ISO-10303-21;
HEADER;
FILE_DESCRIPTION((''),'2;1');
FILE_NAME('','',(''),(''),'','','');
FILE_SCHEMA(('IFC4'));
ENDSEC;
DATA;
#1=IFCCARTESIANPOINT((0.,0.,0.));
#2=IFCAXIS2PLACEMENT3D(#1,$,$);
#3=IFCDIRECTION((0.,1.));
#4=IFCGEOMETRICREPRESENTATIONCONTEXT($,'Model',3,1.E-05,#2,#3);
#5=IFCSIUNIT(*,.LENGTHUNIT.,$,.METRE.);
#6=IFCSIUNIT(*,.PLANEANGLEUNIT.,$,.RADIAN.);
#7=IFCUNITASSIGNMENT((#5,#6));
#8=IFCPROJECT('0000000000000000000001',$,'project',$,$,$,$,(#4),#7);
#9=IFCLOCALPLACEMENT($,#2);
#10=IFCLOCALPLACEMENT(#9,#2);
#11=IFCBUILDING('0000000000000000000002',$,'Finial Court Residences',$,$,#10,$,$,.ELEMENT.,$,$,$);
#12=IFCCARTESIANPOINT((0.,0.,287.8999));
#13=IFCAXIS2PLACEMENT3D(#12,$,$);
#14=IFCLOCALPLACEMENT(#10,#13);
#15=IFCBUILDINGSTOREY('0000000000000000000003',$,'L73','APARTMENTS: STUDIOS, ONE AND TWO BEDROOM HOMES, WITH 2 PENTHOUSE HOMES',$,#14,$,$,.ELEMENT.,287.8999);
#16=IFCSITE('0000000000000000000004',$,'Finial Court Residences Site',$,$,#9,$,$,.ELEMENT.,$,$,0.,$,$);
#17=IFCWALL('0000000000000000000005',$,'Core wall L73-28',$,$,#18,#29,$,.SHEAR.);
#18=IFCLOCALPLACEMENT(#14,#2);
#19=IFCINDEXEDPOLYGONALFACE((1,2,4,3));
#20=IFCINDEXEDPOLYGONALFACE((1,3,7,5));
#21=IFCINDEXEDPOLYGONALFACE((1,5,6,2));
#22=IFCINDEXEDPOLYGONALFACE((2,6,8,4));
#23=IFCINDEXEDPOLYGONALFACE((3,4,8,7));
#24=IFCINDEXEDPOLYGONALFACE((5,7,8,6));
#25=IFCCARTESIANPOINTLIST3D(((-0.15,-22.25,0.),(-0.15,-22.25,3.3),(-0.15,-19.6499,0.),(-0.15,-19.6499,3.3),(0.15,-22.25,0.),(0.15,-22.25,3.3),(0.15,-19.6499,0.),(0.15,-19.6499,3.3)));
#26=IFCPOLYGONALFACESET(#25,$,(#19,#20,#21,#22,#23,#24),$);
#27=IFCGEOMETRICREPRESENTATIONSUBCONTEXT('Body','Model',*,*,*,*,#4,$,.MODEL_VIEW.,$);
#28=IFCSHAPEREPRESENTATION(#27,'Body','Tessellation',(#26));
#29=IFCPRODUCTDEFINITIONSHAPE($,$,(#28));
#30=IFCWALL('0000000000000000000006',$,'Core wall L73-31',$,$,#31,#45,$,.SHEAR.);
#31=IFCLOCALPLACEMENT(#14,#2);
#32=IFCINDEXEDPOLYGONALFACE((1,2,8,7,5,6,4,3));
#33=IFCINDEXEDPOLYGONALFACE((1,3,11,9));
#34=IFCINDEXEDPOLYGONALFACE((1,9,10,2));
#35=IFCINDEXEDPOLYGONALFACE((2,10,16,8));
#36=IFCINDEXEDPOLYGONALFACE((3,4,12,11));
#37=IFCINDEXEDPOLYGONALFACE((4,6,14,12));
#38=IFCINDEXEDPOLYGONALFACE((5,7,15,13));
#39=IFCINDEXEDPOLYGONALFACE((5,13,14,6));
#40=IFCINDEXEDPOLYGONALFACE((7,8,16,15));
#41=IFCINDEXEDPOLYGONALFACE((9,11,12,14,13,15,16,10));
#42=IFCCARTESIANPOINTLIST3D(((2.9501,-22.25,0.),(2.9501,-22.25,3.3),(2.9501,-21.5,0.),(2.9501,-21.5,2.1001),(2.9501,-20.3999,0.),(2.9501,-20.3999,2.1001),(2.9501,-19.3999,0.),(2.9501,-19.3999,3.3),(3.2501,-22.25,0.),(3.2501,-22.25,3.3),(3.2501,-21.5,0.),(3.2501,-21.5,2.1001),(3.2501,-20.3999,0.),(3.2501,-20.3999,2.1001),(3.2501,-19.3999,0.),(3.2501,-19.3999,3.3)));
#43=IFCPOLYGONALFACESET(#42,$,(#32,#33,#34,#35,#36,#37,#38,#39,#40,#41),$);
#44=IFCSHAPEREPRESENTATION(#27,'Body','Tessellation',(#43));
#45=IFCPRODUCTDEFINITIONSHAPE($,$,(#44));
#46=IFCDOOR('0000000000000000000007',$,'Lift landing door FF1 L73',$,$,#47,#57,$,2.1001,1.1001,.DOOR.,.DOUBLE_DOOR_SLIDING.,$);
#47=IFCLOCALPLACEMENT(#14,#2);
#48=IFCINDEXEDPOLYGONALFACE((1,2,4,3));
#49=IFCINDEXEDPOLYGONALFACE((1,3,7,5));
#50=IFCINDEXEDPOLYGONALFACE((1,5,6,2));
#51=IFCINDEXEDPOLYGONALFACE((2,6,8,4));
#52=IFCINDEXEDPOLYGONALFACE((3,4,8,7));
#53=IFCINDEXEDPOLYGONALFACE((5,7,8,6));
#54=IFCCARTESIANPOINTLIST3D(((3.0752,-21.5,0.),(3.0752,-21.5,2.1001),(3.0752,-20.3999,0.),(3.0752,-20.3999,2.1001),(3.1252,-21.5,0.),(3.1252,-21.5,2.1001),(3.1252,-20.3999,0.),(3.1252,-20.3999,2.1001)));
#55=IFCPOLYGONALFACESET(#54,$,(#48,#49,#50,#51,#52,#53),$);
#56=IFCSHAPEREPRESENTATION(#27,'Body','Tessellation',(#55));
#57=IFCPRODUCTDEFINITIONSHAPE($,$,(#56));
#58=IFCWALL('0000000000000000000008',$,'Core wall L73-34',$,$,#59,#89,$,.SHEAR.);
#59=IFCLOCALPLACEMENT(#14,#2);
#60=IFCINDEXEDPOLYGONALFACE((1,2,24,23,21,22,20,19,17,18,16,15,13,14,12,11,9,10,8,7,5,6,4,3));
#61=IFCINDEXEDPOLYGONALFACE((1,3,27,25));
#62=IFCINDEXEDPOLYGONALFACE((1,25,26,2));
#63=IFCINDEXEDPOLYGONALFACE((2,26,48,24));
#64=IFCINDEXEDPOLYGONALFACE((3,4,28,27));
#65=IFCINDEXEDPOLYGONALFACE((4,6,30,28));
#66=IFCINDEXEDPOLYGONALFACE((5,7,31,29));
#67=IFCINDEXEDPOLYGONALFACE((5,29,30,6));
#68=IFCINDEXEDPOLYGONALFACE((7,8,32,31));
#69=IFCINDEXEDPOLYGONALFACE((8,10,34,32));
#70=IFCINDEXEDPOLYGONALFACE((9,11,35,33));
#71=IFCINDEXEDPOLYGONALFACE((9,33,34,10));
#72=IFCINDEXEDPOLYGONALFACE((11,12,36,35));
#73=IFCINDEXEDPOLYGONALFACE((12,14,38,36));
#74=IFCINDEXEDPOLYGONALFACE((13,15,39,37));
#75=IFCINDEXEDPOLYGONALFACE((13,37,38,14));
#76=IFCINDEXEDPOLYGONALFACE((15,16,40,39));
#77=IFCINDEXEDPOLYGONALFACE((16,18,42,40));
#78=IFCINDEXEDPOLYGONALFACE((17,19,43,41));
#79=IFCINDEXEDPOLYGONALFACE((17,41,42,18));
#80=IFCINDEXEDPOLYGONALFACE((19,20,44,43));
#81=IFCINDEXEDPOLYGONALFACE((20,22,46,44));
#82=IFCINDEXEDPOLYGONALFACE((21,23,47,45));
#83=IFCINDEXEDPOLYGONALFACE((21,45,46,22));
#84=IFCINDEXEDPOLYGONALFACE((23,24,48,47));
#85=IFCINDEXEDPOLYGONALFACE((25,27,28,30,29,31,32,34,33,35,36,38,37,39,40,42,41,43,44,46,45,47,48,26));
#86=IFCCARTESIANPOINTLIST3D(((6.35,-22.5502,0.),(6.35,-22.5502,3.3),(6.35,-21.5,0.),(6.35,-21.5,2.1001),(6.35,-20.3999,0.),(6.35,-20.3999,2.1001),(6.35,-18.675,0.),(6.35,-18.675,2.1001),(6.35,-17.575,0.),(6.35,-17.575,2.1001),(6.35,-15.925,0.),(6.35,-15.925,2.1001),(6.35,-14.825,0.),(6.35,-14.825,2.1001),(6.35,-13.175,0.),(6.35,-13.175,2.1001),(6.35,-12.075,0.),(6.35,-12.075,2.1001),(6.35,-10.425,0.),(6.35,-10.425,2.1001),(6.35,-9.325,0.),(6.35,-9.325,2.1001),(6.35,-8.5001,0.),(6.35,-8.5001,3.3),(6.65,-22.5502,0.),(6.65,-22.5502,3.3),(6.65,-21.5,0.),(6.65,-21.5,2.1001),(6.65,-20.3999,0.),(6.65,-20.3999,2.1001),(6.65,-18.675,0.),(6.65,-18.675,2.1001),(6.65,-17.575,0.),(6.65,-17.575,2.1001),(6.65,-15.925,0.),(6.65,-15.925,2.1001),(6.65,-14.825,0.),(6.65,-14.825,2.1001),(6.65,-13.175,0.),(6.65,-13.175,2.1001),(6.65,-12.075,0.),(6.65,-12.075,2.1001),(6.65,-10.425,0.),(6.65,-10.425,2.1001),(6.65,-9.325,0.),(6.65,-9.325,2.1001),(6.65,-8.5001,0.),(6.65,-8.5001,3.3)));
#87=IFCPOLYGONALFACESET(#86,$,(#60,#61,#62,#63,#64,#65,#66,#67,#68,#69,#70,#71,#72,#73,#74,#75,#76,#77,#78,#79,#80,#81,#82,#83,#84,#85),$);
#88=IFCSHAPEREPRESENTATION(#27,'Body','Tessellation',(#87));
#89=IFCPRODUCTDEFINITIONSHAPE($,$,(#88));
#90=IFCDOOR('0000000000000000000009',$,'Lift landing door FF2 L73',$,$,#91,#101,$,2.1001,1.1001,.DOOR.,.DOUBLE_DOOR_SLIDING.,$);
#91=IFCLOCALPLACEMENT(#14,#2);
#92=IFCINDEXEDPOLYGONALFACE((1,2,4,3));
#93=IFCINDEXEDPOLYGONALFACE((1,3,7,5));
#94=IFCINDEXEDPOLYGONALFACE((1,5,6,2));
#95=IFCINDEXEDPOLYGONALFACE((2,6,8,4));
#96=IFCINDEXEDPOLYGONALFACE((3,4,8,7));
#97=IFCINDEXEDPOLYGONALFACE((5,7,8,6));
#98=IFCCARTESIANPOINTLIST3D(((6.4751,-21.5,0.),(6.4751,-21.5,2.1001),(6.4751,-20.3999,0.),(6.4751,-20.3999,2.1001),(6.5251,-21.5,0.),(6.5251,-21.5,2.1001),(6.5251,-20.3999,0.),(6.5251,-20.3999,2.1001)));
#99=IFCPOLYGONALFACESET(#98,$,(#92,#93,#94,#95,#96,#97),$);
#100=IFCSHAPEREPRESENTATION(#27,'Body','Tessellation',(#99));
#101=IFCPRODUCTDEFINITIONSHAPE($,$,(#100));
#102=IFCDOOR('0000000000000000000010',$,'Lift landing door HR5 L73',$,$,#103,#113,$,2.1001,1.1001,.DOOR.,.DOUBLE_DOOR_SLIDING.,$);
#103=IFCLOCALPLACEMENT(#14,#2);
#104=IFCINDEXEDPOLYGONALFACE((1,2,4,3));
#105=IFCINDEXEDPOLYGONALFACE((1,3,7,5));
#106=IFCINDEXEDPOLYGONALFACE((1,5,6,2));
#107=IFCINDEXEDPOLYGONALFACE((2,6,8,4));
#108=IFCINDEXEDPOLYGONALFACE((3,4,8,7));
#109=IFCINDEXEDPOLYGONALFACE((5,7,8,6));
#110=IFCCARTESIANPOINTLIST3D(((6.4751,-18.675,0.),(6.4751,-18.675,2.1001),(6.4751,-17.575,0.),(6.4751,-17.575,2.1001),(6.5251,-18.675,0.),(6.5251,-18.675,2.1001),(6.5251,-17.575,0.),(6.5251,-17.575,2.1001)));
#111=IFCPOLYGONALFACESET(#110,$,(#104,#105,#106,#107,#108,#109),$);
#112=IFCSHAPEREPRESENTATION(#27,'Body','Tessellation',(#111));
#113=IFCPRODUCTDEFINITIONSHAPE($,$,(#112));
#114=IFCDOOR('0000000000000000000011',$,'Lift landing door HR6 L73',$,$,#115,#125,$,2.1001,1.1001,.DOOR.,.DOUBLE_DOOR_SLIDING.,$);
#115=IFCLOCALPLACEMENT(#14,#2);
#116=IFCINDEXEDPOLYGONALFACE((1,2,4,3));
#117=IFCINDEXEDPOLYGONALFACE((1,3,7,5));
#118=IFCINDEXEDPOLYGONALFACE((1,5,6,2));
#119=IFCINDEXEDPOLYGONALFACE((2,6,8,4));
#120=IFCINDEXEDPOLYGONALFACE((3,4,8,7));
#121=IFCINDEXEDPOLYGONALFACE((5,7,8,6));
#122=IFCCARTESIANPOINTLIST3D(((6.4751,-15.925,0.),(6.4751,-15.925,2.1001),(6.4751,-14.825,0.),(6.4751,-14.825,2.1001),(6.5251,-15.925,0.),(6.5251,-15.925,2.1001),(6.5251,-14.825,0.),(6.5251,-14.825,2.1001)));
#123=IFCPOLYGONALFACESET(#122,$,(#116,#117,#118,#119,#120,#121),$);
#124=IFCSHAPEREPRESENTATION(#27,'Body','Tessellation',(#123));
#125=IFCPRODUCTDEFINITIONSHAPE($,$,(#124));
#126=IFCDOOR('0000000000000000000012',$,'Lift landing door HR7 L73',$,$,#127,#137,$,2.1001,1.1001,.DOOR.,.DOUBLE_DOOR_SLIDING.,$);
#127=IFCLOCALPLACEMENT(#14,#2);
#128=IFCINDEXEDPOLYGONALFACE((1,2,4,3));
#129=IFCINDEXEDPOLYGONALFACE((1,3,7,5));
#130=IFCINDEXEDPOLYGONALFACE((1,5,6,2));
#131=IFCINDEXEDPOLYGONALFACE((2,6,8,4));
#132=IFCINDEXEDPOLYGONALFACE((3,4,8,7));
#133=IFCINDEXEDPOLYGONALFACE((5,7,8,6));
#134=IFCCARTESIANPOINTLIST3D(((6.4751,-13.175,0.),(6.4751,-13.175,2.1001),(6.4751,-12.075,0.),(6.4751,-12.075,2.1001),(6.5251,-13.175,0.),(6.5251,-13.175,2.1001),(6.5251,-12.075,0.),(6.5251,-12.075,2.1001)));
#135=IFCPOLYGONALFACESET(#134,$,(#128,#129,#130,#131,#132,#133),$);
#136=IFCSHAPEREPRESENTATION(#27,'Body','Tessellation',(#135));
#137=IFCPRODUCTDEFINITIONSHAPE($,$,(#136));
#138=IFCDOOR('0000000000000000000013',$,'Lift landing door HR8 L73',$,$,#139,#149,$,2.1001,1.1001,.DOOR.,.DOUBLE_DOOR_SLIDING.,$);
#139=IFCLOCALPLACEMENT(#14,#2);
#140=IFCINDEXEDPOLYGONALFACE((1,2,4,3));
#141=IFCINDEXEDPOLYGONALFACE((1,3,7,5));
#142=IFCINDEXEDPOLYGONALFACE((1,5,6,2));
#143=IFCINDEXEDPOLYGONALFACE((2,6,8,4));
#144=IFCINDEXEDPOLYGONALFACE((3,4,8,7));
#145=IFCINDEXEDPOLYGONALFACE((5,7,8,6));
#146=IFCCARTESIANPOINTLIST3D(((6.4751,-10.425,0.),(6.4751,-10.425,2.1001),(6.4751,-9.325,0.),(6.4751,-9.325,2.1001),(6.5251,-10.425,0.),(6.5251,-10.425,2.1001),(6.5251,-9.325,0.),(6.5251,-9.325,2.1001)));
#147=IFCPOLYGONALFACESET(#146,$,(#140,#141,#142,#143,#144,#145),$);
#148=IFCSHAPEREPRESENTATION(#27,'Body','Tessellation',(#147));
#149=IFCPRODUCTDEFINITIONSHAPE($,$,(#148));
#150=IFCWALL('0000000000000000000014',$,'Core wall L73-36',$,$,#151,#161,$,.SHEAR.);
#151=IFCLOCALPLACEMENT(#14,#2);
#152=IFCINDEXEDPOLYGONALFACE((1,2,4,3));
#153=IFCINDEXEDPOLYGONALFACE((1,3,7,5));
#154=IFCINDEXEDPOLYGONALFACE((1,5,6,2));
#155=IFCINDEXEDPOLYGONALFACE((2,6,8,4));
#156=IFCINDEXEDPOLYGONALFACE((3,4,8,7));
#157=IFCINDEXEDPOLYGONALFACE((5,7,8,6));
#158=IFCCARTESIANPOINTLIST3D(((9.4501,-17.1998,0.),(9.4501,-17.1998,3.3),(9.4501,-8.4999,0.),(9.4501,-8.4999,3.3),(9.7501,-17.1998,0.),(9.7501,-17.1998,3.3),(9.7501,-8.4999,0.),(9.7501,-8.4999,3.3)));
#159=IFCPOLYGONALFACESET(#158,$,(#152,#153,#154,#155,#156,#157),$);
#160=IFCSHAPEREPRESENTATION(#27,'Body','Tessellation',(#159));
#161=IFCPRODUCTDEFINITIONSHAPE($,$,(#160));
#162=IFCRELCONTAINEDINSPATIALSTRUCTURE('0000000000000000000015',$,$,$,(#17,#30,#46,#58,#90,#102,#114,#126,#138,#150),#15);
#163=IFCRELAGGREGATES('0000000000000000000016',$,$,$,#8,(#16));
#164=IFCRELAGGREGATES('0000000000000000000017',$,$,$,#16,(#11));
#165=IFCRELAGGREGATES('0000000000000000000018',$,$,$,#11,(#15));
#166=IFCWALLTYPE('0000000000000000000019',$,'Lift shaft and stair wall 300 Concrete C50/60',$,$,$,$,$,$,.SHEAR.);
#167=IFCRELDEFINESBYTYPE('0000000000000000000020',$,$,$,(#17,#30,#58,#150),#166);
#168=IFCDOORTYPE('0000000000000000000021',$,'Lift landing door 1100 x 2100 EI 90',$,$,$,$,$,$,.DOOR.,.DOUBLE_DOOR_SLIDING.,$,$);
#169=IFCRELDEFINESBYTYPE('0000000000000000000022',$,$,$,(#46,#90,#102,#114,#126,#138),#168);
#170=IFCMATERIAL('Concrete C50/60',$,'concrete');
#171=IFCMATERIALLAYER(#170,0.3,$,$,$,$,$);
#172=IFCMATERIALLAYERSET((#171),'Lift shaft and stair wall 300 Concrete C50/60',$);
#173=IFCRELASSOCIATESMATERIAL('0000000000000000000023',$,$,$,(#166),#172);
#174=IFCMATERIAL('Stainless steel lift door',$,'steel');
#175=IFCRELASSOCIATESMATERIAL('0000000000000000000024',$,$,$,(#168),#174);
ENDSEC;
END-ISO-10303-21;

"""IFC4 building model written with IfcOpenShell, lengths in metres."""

from ifc_helpers import new_model, si_unit, direction, frame, frame_2d, origin, place, context, subcontext, project, spatial, rectangle, extrude, material, layer, layer_set, type_object, element, fill, save


model = new_model("IFC4")

# Units and contexts
model_context = context("Model", 3, precision=1e-05, world=origin(), true_north=direction((0.0, 1.0)))
body_context = subcontext(model_context, "Body", "Model", "MODEL_VIEW")
ifc_project = project(units=[si_unit("LENGTHUNIT", "METRE"), si_unit("PLANEANGLEUNIT", "RADIAN")], contexts=[model_context])

# Site, building, storey
site_placement = place(None, origin())
site = spatial("IfcSite", under=ifc_project, at=site_placement, Name="Finial Court Residences Site", CompositionType="ELEMENT", RefElevation=0.0)
building_placement = place(site_placement, origin())
building = spatial("IfcBuilding", under=site, at=building_placement, Name="Finial Court Residences", CompositionType="ELEMENT")
storey_placement = place(building_placement, frame((0.0, 0.0, 287.8999)))
storey = spatial("IfcBuildingStorey", under=building, at=storey_placement, Name="L73", Description="APARTMENTS: STUDIOS, ONE AND TWO BEDROOM HOMES, WITH 2 PENTHOUSE HOMES", CompositionType="ELEMENT", Elevation=287.8999)

# Wall
ifc_material_1 = material(Name="Concrete C50/60", Category="concrete")
ifc_layer_1 = layer(ifc_material_1, 0.3)
ifc_layer_set_1 = layer_set([ifc_layer_1], Name="Lift shaft and stair wall 300 Concrete C50/60")
wall_type_1 = type_object("IfcWallType", Name="Lift shaft and stair wall 300 Concrete C50/60", PredefinedType="SHEAR", material=ifc_layer_set_1)
wall_1_placement = place(storey_placement, frame((0.0, -22.25, 0.0), z_axis=(0.0, 0.0, 1.0), x_axis=(0.0, 1.0, 0.0)))
element("IfcWall", 1, at=wall_1_placement, inside=storey, type_object=wall_type_1, Name="Core wall L73-28", PredefinedType="SHEAR", context=body_context, shape_type="SweptSolid", body=[
    extrude(rectangle(XDim=2.6001, YDim=0.3, at=frame_2d((1.3, 0.0))), origin(), (0.0, 0.0, 1.0), 3.3),
])

# Wall, opening, door
wall_2_placement = place(storey_placement, frame((3.1001, -22.25, 0.0), z_axis=(0.0, 0.0, 1.0), x_axis=(0.0, 1.0, 0.0)))
wall_2 = element("IfcWall", 2, at=wall_2_placement, inside=storey, type_object=wall_type_1, Name="Core wall L73-31", PredefinedType="SHEAR", context=body_context, shape_type="SweptSolid", body=[
    extrude(rectangle(XDim=2.8501, YDim=0.3, at=frame_2d((1.425, 0.0))), origin(), (0.0, 0.0, 1.0), 3.3),
])
opening_1_placement = place(wall_2_placement, frame((0.75, 0.0, 0.0)))
opening_1 = element("IfcOpeningElement", 3, at=opening_1_placement, cuts=wall_2, PredefinedType="OPENING", context=body_context, shape_type="SweptSolid", body=[
    extrude(rectangle(XDim=1.1001, YDim=2.1001, at=frame_2d((0.55, 1.05))), frame((0.0, 0.1599, 0.0), z_axis=(0.0, -1.0, 0.0), x_axis=(1.0, 0.0, 0.0)), (0.0, 0.0, 1.0), 0.3201),
])
ifc_material_2 = material(Name="Stainless steel lift door", Category="steel")
door_type_1 = type_object("IfcDoorType", Name="Lift landing door 1100 x 2100 EI 90", OperationType="DOUBLE_DOOR_SLIDING", PredefinedType="DOOR", material=ifc_material_2)
door_1_placement = place(opening_1_placement, origin())
door_1 = element("IfcDoor", 4, at=door_1_placement, inside=storey, type_object=door_type_1, Name="Lift landing door FF1 L73", OperationType="DOUBLE_DOOR_SLIDING", OverallHeight=2.1001, OverallWidth=1.1001, PredefinedType="DOOR", context=body_context, shape_type="SweptSolid", body=[
    extrude(rectangle(XDim=1.1001, YDim=2.1001, at=frame_2d((0.55, 1.05))), frame((0.0, 0.0249, 0.0), z_axis=(0.0, -1.0, 0.0), x_axis=(1.0, 0.0, 0.0)), (0.0, 0.0, 1.0), 0.05),
])
fill(opening_1, door_1)

# Wall, openings, doors
wall_3_placement = place(storey_placement, frame((6.5, -22.55, 0.0), z_axis=(0.0, 0.0, 1.0), x_axis=(0.0, 1.0, 0.0)))
wall_3 = element("IfcWall", 5, at=wall_3_placement, inside=storey, type_object=wall_type_1, Name="Core wall L73-34", PredefinedType="SHEAR", context=body_context, shape_type="SweptSolid", body=[
    extrude(rectangle(XDim=14.05, YDim=0.3, at=frame_2d((7.0249, 0.0))), origin(), (0.0, 0.0, 1.0), 3.3),
])
opening_2_placement = place(wall_3_placement, frame((1.05, 0.0, 0.0)))
opening_2 = element("IfcOpeningElement", 6, at=opening_2_placement, cuts=wall_3, PredefinedType="OPENING", context=body_context, shape_type="SweptSolid", body=[
    extrude(rectangle(XDim=1.1001, YDim=2.1001, at=frame_2d((0.55, 1.05))), frame((0.0, 0.1599, 0.0), z_axis=(0.0, -1.0, 0.0), x_axis=(1.0, 0.0, 0.0)), (0.0, 0.0, 1.0), 0.3201),
])
opening_3_placement = place(wall_3_placement, frame((3.875, 0.0, 0.0)))
opening_3 = element("IfcOpeningElement", 7, at=opening_3_placement, cuts=wall_3, PredefinedType="OPENING", context=body_context, shape_type="SweptSolid", body=[
    extrude(rectangle(XDim=1.1001, YDim=2.1001, at=frame_2d((0.55, 1.05))), frame((0.0, 0.1599, 0.0), z_axis=(0.0, -1.0, 0.0), x_axis=(1.0, 0.0, 0.0)), (0.0, 0.0, 1.0), 0.3201),
])
opening_4_placement = place(wall_3_placement, frame((6.625, 0.0, 0.0)))
opening_4 = element("IfcOpeningElement", 8, at=opening_4_placement, cuts=wall_3, PredefinedType="OPENING", context=body_context, shape_type="SweptSolid", body=[
    extrude(rectangle(XDim=1.1001, YDim=2.1001, at=frame_2d((0.55, 1.05))), frame((0.0, 0.1599, 0.0), z_axis=(0.0, -1.0, 0.0), x_axis=(1.0, 0.0, 0.0)), (0.0, 0.0, 1.0), 0.3201),
])
opening_5_placement = place(wall_3_placement, frame((9.375, 0.0, 0.0)))
opening_5 = element("IfcOpeningElement", 9, at=opening_5_placement, cuts=wall_3, PredefinedType="OPENING", context=body_context, shape_type="SweptSolid", body=[
    extrude(rectangle(XDim=1.1001, YDim=2.1001, at=frame_2d((0.55, 1.05))), frame((0.0, 0.1599, 0.0), z_axis=(0.0, -1.0, 0.0), x_axis=(1.0, 0.0, 0.0)), (0.0, 0.0, 1.0), 0.3201),
])
opening_6_placement = place(wall_3_placement, frame((12.125, 0.0, 0.0)))
opening_6 = element("IfcOpeningElement", 10, at=opening_6_placement, cuts=wall_3, PredefinedType="OPENING", context=body_context, shape_type="SweptSolid", body=[
    extrude(rectangle(XDim=1.1001, YDim=2.1001, at=frame_2d((0.55, 1.05))), frame((0.0, 0.1599, 0.0), z_axis=(0.0, -1.0, 0.0), x_axis=(1.0, 0.0, 0.0)), (0.0, 0.0, 1.0), 0.3201),
])
door_2_placement = place(opening_2_placement, origin())
door_2 = element("IfcDoor", 11, at=door_2_placement, inside=storey, type_object=door_type_1, Name="Lift landing door FF2 L73", OperationType="DOUBLE_DOOR_SLIDING", OverallHeight=2.1001, OverallWidth=1.1001, PredefinedType="DOOR", context=body_context, shape_type="SweptSolid", body=[
    extrude(rectangle(XDim=1.1001, YDim=2.1001, at=frame_2d((0.55, 1.05))), frame((0.0, 0.0249, 0.0), z_axis=(0.0, -1.0, 0.0), x_axis=(1.0, 0.0, 0.0)), (0.0, 0.0, 1.0), 0.05),
])
fill(opening_2, door_2)
door_3_placement = place(opening_3_placement, origin())
door_3 = element("IfcDoor", 12, at=door_3_placement, inside=storey, type_object=door_type_1, Name="Lift landing door HR5 L73", OperationType="DOUBLE_DOOR_SLIDING", OverallHeight=2.1001, OverallWidth=1.1001, PredefinedType="DOOR", context=body_context, shape_type="SweptSolid", body=[
    extrude(rectangle(XDim=1.1001, YDim=2.1001, at=frame_2d((0.55, 1.05))), frame((0.0, 0.0249, 0.0), z_axis=(0.0, -1.0, 0.0), x_axis=(1.0, 0.0, 0.0)), (0.0, 0.0, 1.0), 0.05),
])
fill(opening_3, door_3)
door_4_placement = place(opening_4_placement, origin())
door_4 = element("IfcDoor", 13, at=door_4_placement, inside=storey, type_object=door_type_1, Name="Lift landing door HR6 L73", OperationType="DOUBLE_DOOR_SLIDING", OverallHeight=2.1001, OverallWidth=1.1001, PredefinedType="DOOR", context=body_context, shape_type="SweptSolid", body=[
    extrude(rectangle(XDim=1.1001, YDim=2.1001, at=frame_2d((0.55, 1.05))), frame((0.0, 0.0249, 0.0), z_axis=(0.0, -1.0, 0.0), x_axis=(1.0, 0.0, 0.0)), (0.0, 0.0, 1.0), 0.05),
])
fill(opening_4, door_4)
door_5_placement = place(opening_5_placement, origin())
door_5 = element("IfcDoor", 14, at=door_5_placement, inside=storey, type_object=door_type_1, Name="Lift landing door HR7 L73", OperationType="DOUBLE_DOOR_SLIDING", OverallHeight=2.1001, OverallWidth=1.1001, PredefinedType="DOOR", context=body_context, shape_type="SweptSolid", body=[
    extrude(rectangle(XDim=1.1001, YDim=2.1001, at=frame_2d((0.55, 1.05))), frame((0.0, 0.0249, 0.0), z_axis=(0.0, -1.0, 0.0), x_axis=(1.0, 0.0, 0.0)), (0.0, 0.0, 1.0), 0.05),
])
fill(opening_5, door_5)
door_6_placement = place(opening_6_placement, origin())
door_6 = element("IfcDoor", 15, at=door_6_placement, inside=storey, type_object=door_type_1, Name="Lift landing door HR8 L73", OperationType="DOUBLE_DOOR_SLIDING", OverallHeight=2.1001, OverallWidth=1.1001, PredefinedType="DOOR", context=body_context, shape_type="SweptSolid", body=[
    extrude(rectangle(XDim=1.1001, YDim=2.1001, at=frame_2d((0.55, 1.05))), frame((0.0, 0.0249, 0.0), z_axis=(0.0, -1.0, 0.0), x_axis=(1.0, 0.0, 0.0)), (0.0, 0.0, 1.0), 0.05),
])
fill(opening_6, door_6)

# Wall
wall_4_placement = place(storey_placement, frame((9.6001, -17.2, 0.0), z_axis=(0.0, 0.0, 1.0), x_axis=(0.0, 1.0, 0.0)))
element("IfcWall", 16, at=wall_4_placement, inside=storey, type_object=wall_type_1, Name="Core wall L73-36", PredefinedType="SHEAR", context=body_context, shape_type="SweptSolid", body=[
    extrude(rectangle(XDim=8.7, YDim=0.3, at=frame_2d((4.3501, 0.0))), origin(), (0.0, 0.0, 1.0), 3.3),
])

save(model, "model.ifc")
